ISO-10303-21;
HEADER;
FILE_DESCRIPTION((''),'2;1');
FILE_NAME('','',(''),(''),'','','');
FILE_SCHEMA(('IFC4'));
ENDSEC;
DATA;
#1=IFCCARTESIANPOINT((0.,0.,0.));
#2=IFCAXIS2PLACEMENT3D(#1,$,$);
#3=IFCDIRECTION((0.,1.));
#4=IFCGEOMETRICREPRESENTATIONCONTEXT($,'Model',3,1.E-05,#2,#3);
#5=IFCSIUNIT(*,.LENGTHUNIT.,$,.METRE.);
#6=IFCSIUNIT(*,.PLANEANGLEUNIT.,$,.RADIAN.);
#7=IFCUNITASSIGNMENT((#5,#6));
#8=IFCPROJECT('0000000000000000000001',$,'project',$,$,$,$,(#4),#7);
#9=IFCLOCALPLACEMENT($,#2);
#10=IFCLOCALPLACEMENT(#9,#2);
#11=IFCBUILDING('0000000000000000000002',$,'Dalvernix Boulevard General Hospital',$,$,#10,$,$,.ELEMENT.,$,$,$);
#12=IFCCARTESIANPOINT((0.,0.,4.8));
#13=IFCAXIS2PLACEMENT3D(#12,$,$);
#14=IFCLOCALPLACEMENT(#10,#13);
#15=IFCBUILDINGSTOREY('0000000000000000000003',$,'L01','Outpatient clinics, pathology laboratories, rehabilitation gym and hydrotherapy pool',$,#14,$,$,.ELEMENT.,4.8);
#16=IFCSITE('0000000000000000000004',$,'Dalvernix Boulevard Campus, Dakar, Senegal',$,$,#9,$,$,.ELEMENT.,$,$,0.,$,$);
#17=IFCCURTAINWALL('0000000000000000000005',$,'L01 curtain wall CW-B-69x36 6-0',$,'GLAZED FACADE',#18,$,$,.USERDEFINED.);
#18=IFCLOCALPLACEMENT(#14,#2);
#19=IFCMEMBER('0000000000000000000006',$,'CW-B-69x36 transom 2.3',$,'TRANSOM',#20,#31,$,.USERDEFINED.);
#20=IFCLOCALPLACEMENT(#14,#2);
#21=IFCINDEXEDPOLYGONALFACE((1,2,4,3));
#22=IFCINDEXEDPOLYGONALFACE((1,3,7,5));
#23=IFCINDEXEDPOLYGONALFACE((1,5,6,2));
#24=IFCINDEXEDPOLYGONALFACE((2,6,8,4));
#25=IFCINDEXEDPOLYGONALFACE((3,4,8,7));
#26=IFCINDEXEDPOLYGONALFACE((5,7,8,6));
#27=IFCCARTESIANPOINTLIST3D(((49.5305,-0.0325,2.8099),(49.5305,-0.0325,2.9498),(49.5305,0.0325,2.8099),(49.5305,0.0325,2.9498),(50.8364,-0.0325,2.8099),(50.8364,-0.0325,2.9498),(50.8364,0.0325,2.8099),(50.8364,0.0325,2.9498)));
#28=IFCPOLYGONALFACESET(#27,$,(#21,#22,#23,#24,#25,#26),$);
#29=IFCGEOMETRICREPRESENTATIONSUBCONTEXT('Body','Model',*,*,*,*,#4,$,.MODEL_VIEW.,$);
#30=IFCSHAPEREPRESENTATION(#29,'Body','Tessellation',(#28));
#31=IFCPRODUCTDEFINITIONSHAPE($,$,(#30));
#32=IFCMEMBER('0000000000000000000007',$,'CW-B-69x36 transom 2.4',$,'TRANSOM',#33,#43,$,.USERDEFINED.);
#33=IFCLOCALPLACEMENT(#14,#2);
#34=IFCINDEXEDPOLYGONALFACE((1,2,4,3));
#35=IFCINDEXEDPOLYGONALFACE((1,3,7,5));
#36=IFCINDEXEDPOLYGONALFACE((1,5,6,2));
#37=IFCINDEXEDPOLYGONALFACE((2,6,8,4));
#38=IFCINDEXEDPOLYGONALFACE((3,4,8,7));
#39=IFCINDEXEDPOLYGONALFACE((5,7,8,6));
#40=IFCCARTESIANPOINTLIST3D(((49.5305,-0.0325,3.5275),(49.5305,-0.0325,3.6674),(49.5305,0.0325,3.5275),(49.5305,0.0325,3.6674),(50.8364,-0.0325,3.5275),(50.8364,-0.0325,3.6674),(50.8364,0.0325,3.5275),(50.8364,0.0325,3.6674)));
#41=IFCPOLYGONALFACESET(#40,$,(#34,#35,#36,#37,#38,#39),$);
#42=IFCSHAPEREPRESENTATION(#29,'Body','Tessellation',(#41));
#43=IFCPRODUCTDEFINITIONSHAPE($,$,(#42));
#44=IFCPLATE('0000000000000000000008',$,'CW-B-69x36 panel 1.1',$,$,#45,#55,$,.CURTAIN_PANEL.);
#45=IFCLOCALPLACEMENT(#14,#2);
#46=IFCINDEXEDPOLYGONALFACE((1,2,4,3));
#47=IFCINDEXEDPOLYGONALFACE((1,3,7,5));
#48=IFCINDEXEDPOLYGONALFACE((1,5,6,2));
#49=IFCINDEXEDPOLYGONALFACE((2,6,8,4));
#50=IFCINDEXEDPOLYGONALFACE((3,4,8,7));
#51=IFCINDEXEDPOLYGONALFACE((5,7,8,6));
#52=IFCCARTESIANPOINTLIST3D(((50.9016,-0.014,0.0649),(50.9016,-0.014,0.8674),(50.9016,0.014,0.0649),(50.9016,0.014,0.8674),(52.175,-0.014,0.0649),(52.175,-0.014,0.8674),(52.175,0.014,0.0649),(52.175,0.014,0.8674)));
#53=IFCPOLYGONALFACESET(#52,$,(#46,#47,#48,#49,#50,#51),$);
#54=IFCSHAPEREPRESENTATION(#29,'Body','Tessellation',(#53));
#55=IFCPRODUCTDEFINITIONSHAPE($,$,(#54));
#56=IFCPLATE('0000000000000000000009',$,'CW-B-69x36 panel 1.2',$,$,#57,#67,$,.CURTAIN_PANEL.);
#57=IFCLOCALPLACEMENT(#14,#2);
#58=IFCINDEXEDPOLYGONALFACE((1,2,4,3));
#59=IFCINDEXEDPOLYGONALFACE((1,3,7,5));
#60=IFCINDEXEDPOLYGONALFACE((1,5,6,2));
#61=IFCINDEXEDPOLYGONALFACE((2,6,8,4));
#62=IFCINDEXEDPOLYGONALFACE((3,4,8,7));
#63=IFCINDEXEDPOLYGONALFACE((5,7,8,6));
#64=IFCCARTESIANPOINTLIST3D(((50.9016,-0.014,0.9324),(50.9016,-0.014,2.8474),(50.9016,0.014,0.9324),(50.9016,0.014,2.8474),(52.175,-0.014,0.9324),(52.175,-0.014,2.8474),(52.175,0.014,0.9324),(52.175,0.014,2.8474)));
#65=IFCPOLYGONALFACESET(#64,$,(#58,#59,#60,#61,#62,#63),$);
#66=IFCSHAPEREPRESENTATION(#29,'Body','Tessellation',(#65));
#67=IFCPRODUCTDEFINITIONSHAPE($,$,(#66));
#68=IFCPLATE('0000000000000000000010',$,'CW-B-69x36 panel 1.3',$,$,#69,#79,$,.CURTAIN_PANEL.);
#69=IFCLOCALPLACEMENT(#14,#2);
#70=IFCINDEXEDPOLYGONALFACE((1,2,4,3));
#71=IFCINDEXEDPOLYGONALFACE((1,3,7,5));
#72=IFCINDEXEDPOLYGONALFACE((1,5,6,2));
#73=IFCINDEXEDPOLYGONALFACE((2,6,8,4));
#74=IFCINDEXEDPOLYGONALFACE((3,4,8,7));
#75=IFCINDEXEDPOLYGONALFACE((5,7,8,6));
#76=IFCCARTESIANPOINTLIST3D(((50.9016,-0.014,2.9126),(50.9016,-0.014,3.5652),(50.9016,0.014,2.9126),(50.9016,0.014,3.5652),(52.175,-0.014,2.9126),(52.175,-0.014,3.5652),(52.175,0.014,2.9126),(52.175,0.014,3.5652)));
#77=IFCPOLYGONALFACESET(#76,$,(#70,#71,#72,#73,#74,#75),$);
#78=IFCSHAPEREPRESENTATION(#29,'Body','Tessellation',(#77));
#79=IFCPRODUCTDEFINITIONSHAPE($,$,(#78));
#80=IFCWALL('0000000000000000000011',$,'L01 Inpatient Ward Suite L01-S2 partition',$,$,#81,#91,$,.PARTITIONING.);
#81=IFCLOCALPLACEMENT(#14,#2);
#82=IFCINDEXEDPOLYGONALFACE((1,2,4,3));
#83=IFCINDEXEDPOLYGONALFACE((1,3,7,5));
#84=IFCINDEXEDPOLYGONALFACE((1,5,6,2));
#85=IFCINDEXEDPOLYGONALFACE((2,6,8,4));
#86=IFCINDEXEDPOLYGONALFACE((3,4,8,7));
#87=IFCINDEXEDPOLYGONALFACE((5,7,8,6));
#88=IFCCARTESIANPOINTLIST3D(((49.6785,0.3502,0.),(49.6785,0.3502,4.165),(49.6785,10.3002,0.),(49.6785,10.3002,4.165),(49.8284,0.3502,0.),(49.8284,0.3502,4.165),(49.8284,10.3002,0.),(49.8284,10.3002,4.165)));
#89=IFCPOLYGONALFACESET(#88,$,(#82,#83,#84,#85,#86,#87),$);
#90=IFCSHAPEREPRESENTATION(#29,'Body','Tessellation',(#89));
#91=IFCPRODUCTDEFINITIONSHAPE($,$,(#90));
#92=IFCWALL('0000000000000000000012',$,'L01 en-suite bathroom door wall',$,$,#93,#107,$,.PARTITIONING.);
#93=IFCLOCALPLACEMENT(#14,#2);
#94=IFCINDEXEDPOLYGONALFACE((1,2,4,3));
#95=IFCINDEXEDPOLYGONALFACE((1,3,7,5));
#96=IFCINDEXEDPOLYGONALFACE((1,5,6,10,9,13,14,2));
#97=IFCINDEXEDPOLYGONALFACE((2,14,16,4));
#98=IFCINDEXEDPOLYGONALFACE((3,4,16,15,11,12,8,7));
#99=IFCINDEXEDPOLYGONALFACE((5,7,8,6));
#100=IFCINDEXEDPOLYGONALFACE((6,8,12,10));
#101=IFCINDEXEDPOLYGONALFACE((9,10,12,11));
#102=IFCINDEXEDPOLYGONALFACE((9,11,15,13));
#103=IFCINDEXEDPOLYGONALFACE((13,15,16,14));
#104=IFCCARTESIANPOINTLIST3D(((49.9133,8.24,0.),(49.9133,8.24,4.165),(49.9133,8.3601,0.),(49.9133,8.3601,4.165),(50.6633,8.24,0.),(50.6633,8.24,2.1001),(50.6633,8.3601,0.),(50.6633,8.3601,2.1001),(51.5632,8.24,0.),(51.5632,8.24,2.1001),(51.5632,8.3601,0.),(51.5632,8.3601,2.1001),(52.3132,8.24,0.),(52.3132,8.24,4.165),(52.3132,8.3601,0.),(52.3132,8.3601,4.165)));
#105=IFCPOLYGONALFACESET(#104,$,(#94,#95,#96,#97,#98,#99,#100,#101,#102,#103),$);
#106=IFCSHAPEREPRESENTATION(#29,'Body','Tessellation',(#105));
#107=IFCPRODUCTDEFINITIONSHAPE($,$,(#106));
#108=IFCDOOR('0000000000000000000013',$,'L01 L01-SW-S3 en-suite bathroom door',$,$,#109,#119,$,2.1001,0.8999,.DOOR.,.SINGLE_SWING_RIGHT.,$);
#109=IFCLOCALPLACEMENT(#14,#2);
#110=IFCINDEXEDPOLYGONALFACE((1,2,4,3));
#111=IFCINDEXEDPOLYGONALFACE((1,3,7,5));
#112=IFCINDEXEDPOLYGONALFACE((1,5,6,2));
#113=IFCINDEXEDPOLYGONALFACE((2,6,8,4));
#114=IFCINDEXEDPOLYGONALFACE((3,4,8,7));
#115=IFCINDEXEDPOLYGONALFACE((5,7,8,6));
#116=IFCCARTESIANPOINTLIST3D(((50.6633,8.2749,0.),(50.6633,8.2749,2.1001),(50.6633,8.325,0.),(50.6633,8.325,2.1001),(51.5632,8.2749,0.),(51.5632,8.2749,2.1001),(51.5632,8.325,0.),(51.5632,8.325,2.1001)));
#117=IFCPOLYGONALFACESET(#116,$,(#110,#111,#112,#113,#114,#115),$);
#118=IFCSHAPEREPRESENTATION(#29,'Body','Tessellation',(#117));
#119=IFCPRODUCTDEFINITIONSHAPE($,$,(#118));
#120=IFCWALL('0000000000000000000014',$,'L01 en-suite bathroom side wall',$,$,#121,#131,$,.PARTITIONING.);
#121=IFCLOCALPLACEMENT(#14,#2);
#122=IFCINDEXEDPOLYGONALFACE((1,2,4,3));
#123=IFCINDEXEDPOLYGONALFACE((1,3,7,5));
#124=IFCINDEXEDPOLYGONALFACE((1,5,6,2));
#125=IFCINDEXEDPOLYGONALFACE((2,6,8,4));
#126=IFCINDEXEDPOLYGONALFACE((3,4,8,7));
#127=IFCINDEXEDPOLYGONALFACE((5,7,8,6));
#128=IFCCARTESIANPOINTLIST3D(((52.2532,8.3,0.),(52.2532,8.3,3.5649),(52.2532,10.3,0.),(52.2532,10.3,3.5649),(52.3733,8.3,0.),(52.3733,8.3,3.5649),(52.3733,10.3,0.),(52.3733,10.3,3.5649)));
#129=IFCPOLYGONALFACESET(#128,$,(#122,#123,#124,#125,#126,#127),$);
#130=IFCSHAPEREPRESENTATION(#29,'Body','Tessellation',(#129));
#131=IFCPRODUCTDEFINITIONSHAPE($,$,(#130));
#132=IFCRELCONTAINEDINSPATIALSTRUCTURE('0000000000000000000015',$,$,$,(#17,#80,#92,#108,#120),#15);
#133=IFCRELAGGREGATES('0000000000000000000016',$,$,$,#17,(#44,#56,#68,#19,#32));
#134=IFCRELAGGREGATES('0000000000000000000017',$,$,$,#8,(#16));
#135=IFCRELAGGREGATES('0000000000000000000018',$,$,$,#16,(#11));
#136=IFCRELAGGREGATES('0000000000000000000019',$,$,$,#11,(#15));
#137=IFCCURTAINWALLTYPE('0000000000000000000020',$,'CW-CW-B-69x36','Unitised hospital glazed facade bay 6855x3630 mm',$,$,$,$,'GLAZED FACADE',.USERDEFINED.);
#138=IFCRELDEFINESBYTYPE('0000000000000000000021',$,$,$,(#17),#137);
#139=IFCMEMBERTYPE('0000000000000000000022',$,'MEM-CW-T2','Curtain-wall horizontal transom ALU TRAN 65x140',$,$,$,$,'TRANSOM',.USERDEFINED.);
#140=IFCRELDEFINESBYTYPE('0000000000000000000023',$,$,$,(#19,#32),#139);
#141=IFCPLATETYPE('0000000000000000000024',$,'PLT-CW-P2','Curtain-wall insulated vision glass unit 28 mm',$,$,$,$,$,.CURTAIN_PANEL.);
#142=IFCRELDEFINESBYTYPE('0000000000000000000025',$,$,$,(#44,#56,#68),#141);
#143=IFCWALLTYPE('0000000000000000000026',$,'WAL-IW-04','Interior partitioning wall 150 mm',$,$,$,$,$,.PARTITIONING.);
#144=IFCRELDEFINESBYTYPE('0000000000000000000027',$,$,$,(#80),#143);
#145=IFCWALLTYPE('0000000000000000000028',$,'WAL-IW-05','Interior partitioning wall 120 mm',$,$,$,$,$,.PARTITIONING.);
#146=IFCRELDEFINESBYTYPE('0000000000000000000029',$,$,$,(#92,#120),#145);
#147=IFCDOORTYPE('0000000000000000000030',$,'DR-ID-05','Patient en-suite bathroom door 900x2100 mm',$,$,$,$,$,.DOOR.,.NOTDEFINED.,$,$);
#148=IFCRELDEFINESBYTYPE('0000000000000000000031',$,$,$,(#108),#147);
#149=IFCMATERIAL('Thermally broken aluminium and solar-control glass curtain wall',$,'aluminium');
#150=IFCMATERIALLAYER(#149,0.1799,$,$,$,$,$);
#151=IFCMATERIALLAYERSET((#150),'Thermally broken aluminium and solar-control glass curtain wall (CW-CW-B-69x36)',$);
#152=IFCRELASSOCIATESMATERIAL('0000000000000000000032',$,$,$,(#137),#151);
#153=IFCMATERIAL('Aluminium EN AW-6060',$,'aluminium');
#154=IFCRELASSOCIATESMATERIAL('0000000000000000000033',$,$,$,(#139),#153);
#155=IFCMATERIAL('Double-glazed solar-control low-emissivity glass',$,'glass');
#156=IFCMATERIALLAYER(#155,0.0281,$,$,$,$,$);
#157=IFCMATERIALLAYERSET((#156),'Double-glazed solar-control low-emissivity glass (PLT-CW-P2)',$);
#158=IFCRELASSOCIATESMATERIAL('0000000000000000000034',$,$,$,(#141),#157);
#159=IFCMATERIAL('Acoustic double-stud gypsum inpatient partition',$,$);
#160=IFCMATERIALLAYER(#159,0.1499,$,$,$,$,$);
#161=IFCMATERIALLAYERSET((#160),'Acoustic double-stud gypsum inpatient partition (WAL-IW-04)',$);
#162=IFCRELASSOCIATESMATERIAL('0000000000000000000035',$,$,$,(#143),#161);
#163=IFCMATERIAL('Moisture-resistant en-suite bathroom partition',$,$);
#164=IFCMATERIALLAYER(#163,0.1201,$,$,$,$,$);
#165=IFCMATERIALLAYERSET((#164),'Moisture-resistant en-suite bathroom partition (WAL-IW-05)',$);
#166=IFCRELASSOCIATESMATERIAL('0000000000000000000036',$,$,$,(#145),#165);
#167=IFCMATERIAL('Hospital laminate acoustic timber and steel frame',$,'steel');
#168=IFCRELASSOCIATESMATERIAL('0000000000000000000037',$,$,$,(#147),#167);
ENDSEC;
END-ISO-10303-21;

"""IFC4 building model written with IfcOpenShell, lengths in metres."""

from ifc_helpers import new_model, si_unit, direction, frame, frame_2d, origin, origin_2d, place, context, subcontext, project, spatial, rectangle, extrude, material, layer, layer_set, material_profile, profile_set, type_object, element, fill, aggregate, save


model = new_model("IFC4")

# Units and contexts
model_context = context("Model", 3, precision=1e-05, world=origin(), true_north=direction((0.0, 1.0)))
body_context = subcontext(model_context, "Body", "Model", "MODEL_VIEW")
ifc_project = project(units=[si_unit("LENGTHUNIT", "METRE"), si_unit("PLANEANGLEUNIT", "RADIAN")], contexts=[model_context])

# Site, building, storey
site_placement = place(None, origin())
site = spatial("IfcSite", under=ifc_project, at=site_placement, Name="Dalvernix Boulevard Campus, Dakar, Senegal", CompositionType="ELEMENT", RefElevation=0.0)
building_placement = place(site_placement, origin())
building = spatial("IfcBuilding", under=site, at=building_placement, Name="Dalvernix Boulevard General Hospital", CompositionType="ELEMENT")
storey_placement = place(building_placement, frame((0.0, 0.0, 4.8)))
storey = spatial("IfcBuildingStorey", under=building, at=storey_placement, Name="L01", Description="Outpatient clinics, pathology laboratories, rehabilitation gym and hydrotherapy pool", CompositionType="ELEMENT", Elevation=4.8)

# Curtain wall, members, plates
ifc_material_1 = material(Name="Thermally broken aluminium and solar-control glass curtain wall", Category="aluminium")
ifc_layer_1 = layer(ifc_material_1, 0.1799)
ifc_layer_set_1 = layer_set([ifc_layer_1], Name="Thermally broken aluminium and solar-control glass curtain wall (CW-CW-B-69x36)")
curtain_wall_type = type_object("IfcCurtainWallType", Name="CW-CW-B-69x36", Description="Unitised hospital glazed facade bay 6855x3630 mm", ElementType="GLAZED FACADE", PredefinedType="USERDEFINED", material=ifc_layer_set_1)
curtain_wall_placement = place(storey_placement, origin())
curtain_wall = element("IfcCurtainWall", 1, at=curtain_wall_placement, inside=storey, type_object=curtain_wall_type, Name="L01 curtain wall CW-B-69x36 6-0", ObjectType="GLAZED FACADE", PredefinedType="USERDEFINED")
ifc_material_2 = material(Name="Aluminium EN AW-6060", Category="aluminium")
ifc_material_profile_1 = material_profile(ifc_material_2, rectangle(XDim=0.0649, YDim=0.1399, at=origin_2d()), Name="ALU TRAN 65x140")
ifc_profile_set_1 = profile_set([ifc_material_profile_1], Name="Aluminium EN AW-6060")
member_type_1 = type_object("IfcMemberType", Name="MEM-CW-T2", Description="Curtain-wall horizontal transom ALU TRAN 65x140", ElementType="TRANSOM", PredefinedType="USERDEFINED", material=ifc_profile_set_1)
member_1_placement = place(storey_placement, frame((50.8364, 0.0, 2.8799), z_axis=(-1.0, 0.0, 0.0), x_axis=(0.0, -1.0, 0.0)))
member_1 = element("IfcMember", 2, at=member_1_placement, type_object=member_type_1, Name="CW-B-69x36 transom 2.3", ObjectType="TRANSOM", PredefinedType="USERDEFINED", context=body_context, shape_type="SweptSolid", body=[
    extrude(rectangle(XDim=0.0649, YDim=0.1399, at=origin_2d()), origin(), (0.0, 0.0, 1.0), 1.3059),
])
member_2_placement = place(storey_placement, frame((50.8364, 0.0, 3.5974), z_axis=(-1.0, 0.0, 0.0), x_axis=(0.0, -1.0, 0.0)))
member_2 = element("IfcMember", 3, at=member_2_placement, type_object=member_type_1, Name="CW-B-69x36 transom 2.4", ObjectType="TRANSOM", PredefinedType="USERDEFINED", context=body_context, shape_type="SweptSolid", body=[
    extrude(rectangle(XDim=0.0649, YDim=0.1399, at=origin_2d()), origin(), (0.0, 0.0, 1.0), 1.3059),
])
ifc_material_3 = material(Name="Double-glazed solar-control low-emissivity glass", Category="glass")
ifc_layer_2 = layer(ifc_material_3, 0.0281)
ifc_layer_set_2 = layer_set([ifc_layer_2], Name="Double-glazed solar-control low-emissivity glass (PLT-CW-P2)")
plate_type = type_object("IfcPlateType", Name="PLT-CW-P2", Description="Curtain-wall insulated vision glass unit 28 mm", PredefinedType="CURTAIN_PANEL", material=ifc_layer_set_2)
plate_1_placement = place(storey_placement, frame((51.5383, 0.0, 0.0649), z_axis=(0.0, 0.0, 1.0), x_axis=(-1.0, 0.0, 0.0)))
plate_1 = element("IfcPlate", 4, at=plate_1_placement, type_object=plate_type, Name="CW-B-69x36 panel 1.1", PredefinedType="CURTAIN_PANEL", context=body_context, shape_type="SweptSolid", body=[
    extrude(rectangle(XDim=1.2734, YDim=0.0281, at=origin_2d()), origin(), (0.0, 0.0, 1.0), 0.8025),
])
plate_2_placement = place(storey_placement, frame((51.5383, 0.0, 0.9324), z_axis=(0.0, 0.0, 1.0), x_axis=(-1.0, 0.0, 0.0)))
plate_2 = element("IfcPlate", 5, at=plate_2_placement, type_object=plate_type, Name="CW-B-69x36 panel 1.2", PredefinedType="CURTAIN_PANEL", context=body_context, shape_type="SweptSolid", body=[
    extrude(rectangle(XDim=1.2734, YDim=0.0281, at=origin_2d()), origin(), (0.0, 0.0, 1.0), 1.915),
])
plate_3_placement = place(storey_placement, frame((51.5383, 0.0, 2.9126), z_axis=(0.0, 0.0, 1.0), x_axis=(-1.0, 0.0, 0.0)))
plate_3 = element("IfcPlate", 6, at=plate_3_placement, type_object=plate_type, Name="CW-B-69x36 panel 1.3", PredefinedType="CURTAIN_PANEL", context=body_context, shape_type="SweptSolid", body=[
    extrude(rectangle(XDim=1.2734, YDim=0.0281, at=origin_2d()), origin(), (0.0, 0.0, 1.0), 0.6526),
])
aggregate(curtain_wall, [plate_1, plate_2, plate_3, member_1, member_2])

# Wall
ifc_material_4 = material(Name="Acoustic double-stud gypsum inpatient partition")
ifc_layer_3 = layer(ifc_material_4, 0.1499)
ifc_layer_set_3 = layer_set([ifc_layer_3], Name="Acoustic double-stud gypsum inpatient partition (WAL-IW-04)")
wall_type_1 = type_object("IfcWallType", Name="WAL-IW-04", Description="Interior partitioning wall 150 mm", PredefinedType="PARTITIONING", material=ifc_layer_set_3)
wall_1_placement = place(storey_placement, frame((49.7534, 0.3501, 0.0), z_axis=(0.0, 0.0, 1.0), x_axis=(0.0, 1.0, 0.0)))
element("IfcWall", 7, at=wall_1_placement, inside=storey, type_object=wall_type_1, Name="L01 Inpatient Ward Suite L01-S2 partition", PredefinedType="PARTITIONING", context=body_context, shape_type="SweptSolid", body=[
    extrude(rectangle(XDim=9.95, YDim=0.1499, at=frame_2d((4.9751, 0.0))), origin(), (0.0, 0.0, 1.0), 4.165),
])

# Wall, opening, door
ifc_material_5 = material(Name="Moisture-resistant en-suite bathroom partition")
ifc_layer_4 = layer(ifc_material_5, 0.1201)
ifc_layer_set_4 = layer_set([ifc_layer_4], Name="Moisture-resistant en-suite bathroom partition (WAL-IW-05)")
wall_type_2 = type_object("IfcWallType", Name="WAL-IW-05", Description="Interior partitioning wall 120 mm", PredefinedType="PARTITIONING", material=ifc_layer_set_4)
wall_2_placement = place(storey_placement, frame((49.9133, 8.3, 0.0), z_axis=(0.0, 0.0, 1.0), x_axis=(1.0, 0.0, 0.0)))
wall_2 = element("IfcWall", 8, at=wall_2_placement, inside=storey, type_object=wall_type_2, Name="L01 en-suite bathroom door wall", PredefinedType="PARTITIONING", context=body_context, shape_type="SweptSolid", body=[
    extrude(rectangle(XDim=2.3999, YDim=0.1201, at=frame_2d((1.2, 0.0))), origin(), (0.0, 0.0, 1.0), 4.165),
])
opening_placement = place(wall_2_placement, frame((0.75, 0.0, 0.0)))
opening = element("IfcOpeningElement", 9, at=opening_placement, cuts=wall_2, PredefinedType="OPENING", context=body_context, shape_type="SweptSolid", body=[
    extrude(rectangle(XDim=0.8999, YDim=2.1001, at=frame_2d((0.45, 1.05))), frame((0.0, 0.0701, 0.0), z_axis=(0.0, -1.0, 0.0), x_axis=(1.0, 0.0, 0.0)), (0.0, 0.0, 1.0), 0.1401),
])
ifc_material_6 = material(Name="Hospital laminate acoustic timber and steel frame", Category="steel")
door_type = type_object("IfcDoorType", Name="DR-ID-05", Description="Patient en-suite bathroom door 900x2100 mm", OperationType="NOTDEFINED", PredefinedType="DOOR", material=ifc_material_6)
door_placement = place(opening_placement, origin())
door = element("IfcDoor", 10, at=door_placement, inside=storey, type_object=door_type, Name="L01 L01-SW-S3 en-suite bathroom door", OperationType="SINGLE_SWING_RIGHT", OverallHeight=2.1001, OverallWidth=0.8999, PredefinedType="DOOR", context=body_context, shape_type="SweptSolid", body=[
    extrude(rectangle(XDim=0.8999, YDim=2.1001, at=frame_2d((0.45, 1.05))), frame((0.0, 0.0249, 0.0), z_axis=(0.0, -1.0, 0.0), x_axis=(1.0, 0.0, 0.0)), (0.0, 0.0, 1.0), 0.05),
])
fill(opening, door)

# Wall
wall_3_placement = place(storey_placement, frame((52.3132, 8.3, 0.0), z_axis=(0.0, 0.0, 1.0), x_axis=(0.0, 1.0, 0.0)))
element("IfcWall", 11, at=wall_3_placement, inside=storey, type_object=wall_type_2, Name="L01 en-suite bathroom side wall", PredefinedType="PARTITIONING", context=body_context, shape_type="SweptSolid", body=[
    extrude(rectangle(XDim=2.0, YDim=0.1201, at=frame_2d((1.0, 0.0))), origin(), (0.0, 0.0, 1.0), 3.5649),
])

save(model, "model.ifc")
